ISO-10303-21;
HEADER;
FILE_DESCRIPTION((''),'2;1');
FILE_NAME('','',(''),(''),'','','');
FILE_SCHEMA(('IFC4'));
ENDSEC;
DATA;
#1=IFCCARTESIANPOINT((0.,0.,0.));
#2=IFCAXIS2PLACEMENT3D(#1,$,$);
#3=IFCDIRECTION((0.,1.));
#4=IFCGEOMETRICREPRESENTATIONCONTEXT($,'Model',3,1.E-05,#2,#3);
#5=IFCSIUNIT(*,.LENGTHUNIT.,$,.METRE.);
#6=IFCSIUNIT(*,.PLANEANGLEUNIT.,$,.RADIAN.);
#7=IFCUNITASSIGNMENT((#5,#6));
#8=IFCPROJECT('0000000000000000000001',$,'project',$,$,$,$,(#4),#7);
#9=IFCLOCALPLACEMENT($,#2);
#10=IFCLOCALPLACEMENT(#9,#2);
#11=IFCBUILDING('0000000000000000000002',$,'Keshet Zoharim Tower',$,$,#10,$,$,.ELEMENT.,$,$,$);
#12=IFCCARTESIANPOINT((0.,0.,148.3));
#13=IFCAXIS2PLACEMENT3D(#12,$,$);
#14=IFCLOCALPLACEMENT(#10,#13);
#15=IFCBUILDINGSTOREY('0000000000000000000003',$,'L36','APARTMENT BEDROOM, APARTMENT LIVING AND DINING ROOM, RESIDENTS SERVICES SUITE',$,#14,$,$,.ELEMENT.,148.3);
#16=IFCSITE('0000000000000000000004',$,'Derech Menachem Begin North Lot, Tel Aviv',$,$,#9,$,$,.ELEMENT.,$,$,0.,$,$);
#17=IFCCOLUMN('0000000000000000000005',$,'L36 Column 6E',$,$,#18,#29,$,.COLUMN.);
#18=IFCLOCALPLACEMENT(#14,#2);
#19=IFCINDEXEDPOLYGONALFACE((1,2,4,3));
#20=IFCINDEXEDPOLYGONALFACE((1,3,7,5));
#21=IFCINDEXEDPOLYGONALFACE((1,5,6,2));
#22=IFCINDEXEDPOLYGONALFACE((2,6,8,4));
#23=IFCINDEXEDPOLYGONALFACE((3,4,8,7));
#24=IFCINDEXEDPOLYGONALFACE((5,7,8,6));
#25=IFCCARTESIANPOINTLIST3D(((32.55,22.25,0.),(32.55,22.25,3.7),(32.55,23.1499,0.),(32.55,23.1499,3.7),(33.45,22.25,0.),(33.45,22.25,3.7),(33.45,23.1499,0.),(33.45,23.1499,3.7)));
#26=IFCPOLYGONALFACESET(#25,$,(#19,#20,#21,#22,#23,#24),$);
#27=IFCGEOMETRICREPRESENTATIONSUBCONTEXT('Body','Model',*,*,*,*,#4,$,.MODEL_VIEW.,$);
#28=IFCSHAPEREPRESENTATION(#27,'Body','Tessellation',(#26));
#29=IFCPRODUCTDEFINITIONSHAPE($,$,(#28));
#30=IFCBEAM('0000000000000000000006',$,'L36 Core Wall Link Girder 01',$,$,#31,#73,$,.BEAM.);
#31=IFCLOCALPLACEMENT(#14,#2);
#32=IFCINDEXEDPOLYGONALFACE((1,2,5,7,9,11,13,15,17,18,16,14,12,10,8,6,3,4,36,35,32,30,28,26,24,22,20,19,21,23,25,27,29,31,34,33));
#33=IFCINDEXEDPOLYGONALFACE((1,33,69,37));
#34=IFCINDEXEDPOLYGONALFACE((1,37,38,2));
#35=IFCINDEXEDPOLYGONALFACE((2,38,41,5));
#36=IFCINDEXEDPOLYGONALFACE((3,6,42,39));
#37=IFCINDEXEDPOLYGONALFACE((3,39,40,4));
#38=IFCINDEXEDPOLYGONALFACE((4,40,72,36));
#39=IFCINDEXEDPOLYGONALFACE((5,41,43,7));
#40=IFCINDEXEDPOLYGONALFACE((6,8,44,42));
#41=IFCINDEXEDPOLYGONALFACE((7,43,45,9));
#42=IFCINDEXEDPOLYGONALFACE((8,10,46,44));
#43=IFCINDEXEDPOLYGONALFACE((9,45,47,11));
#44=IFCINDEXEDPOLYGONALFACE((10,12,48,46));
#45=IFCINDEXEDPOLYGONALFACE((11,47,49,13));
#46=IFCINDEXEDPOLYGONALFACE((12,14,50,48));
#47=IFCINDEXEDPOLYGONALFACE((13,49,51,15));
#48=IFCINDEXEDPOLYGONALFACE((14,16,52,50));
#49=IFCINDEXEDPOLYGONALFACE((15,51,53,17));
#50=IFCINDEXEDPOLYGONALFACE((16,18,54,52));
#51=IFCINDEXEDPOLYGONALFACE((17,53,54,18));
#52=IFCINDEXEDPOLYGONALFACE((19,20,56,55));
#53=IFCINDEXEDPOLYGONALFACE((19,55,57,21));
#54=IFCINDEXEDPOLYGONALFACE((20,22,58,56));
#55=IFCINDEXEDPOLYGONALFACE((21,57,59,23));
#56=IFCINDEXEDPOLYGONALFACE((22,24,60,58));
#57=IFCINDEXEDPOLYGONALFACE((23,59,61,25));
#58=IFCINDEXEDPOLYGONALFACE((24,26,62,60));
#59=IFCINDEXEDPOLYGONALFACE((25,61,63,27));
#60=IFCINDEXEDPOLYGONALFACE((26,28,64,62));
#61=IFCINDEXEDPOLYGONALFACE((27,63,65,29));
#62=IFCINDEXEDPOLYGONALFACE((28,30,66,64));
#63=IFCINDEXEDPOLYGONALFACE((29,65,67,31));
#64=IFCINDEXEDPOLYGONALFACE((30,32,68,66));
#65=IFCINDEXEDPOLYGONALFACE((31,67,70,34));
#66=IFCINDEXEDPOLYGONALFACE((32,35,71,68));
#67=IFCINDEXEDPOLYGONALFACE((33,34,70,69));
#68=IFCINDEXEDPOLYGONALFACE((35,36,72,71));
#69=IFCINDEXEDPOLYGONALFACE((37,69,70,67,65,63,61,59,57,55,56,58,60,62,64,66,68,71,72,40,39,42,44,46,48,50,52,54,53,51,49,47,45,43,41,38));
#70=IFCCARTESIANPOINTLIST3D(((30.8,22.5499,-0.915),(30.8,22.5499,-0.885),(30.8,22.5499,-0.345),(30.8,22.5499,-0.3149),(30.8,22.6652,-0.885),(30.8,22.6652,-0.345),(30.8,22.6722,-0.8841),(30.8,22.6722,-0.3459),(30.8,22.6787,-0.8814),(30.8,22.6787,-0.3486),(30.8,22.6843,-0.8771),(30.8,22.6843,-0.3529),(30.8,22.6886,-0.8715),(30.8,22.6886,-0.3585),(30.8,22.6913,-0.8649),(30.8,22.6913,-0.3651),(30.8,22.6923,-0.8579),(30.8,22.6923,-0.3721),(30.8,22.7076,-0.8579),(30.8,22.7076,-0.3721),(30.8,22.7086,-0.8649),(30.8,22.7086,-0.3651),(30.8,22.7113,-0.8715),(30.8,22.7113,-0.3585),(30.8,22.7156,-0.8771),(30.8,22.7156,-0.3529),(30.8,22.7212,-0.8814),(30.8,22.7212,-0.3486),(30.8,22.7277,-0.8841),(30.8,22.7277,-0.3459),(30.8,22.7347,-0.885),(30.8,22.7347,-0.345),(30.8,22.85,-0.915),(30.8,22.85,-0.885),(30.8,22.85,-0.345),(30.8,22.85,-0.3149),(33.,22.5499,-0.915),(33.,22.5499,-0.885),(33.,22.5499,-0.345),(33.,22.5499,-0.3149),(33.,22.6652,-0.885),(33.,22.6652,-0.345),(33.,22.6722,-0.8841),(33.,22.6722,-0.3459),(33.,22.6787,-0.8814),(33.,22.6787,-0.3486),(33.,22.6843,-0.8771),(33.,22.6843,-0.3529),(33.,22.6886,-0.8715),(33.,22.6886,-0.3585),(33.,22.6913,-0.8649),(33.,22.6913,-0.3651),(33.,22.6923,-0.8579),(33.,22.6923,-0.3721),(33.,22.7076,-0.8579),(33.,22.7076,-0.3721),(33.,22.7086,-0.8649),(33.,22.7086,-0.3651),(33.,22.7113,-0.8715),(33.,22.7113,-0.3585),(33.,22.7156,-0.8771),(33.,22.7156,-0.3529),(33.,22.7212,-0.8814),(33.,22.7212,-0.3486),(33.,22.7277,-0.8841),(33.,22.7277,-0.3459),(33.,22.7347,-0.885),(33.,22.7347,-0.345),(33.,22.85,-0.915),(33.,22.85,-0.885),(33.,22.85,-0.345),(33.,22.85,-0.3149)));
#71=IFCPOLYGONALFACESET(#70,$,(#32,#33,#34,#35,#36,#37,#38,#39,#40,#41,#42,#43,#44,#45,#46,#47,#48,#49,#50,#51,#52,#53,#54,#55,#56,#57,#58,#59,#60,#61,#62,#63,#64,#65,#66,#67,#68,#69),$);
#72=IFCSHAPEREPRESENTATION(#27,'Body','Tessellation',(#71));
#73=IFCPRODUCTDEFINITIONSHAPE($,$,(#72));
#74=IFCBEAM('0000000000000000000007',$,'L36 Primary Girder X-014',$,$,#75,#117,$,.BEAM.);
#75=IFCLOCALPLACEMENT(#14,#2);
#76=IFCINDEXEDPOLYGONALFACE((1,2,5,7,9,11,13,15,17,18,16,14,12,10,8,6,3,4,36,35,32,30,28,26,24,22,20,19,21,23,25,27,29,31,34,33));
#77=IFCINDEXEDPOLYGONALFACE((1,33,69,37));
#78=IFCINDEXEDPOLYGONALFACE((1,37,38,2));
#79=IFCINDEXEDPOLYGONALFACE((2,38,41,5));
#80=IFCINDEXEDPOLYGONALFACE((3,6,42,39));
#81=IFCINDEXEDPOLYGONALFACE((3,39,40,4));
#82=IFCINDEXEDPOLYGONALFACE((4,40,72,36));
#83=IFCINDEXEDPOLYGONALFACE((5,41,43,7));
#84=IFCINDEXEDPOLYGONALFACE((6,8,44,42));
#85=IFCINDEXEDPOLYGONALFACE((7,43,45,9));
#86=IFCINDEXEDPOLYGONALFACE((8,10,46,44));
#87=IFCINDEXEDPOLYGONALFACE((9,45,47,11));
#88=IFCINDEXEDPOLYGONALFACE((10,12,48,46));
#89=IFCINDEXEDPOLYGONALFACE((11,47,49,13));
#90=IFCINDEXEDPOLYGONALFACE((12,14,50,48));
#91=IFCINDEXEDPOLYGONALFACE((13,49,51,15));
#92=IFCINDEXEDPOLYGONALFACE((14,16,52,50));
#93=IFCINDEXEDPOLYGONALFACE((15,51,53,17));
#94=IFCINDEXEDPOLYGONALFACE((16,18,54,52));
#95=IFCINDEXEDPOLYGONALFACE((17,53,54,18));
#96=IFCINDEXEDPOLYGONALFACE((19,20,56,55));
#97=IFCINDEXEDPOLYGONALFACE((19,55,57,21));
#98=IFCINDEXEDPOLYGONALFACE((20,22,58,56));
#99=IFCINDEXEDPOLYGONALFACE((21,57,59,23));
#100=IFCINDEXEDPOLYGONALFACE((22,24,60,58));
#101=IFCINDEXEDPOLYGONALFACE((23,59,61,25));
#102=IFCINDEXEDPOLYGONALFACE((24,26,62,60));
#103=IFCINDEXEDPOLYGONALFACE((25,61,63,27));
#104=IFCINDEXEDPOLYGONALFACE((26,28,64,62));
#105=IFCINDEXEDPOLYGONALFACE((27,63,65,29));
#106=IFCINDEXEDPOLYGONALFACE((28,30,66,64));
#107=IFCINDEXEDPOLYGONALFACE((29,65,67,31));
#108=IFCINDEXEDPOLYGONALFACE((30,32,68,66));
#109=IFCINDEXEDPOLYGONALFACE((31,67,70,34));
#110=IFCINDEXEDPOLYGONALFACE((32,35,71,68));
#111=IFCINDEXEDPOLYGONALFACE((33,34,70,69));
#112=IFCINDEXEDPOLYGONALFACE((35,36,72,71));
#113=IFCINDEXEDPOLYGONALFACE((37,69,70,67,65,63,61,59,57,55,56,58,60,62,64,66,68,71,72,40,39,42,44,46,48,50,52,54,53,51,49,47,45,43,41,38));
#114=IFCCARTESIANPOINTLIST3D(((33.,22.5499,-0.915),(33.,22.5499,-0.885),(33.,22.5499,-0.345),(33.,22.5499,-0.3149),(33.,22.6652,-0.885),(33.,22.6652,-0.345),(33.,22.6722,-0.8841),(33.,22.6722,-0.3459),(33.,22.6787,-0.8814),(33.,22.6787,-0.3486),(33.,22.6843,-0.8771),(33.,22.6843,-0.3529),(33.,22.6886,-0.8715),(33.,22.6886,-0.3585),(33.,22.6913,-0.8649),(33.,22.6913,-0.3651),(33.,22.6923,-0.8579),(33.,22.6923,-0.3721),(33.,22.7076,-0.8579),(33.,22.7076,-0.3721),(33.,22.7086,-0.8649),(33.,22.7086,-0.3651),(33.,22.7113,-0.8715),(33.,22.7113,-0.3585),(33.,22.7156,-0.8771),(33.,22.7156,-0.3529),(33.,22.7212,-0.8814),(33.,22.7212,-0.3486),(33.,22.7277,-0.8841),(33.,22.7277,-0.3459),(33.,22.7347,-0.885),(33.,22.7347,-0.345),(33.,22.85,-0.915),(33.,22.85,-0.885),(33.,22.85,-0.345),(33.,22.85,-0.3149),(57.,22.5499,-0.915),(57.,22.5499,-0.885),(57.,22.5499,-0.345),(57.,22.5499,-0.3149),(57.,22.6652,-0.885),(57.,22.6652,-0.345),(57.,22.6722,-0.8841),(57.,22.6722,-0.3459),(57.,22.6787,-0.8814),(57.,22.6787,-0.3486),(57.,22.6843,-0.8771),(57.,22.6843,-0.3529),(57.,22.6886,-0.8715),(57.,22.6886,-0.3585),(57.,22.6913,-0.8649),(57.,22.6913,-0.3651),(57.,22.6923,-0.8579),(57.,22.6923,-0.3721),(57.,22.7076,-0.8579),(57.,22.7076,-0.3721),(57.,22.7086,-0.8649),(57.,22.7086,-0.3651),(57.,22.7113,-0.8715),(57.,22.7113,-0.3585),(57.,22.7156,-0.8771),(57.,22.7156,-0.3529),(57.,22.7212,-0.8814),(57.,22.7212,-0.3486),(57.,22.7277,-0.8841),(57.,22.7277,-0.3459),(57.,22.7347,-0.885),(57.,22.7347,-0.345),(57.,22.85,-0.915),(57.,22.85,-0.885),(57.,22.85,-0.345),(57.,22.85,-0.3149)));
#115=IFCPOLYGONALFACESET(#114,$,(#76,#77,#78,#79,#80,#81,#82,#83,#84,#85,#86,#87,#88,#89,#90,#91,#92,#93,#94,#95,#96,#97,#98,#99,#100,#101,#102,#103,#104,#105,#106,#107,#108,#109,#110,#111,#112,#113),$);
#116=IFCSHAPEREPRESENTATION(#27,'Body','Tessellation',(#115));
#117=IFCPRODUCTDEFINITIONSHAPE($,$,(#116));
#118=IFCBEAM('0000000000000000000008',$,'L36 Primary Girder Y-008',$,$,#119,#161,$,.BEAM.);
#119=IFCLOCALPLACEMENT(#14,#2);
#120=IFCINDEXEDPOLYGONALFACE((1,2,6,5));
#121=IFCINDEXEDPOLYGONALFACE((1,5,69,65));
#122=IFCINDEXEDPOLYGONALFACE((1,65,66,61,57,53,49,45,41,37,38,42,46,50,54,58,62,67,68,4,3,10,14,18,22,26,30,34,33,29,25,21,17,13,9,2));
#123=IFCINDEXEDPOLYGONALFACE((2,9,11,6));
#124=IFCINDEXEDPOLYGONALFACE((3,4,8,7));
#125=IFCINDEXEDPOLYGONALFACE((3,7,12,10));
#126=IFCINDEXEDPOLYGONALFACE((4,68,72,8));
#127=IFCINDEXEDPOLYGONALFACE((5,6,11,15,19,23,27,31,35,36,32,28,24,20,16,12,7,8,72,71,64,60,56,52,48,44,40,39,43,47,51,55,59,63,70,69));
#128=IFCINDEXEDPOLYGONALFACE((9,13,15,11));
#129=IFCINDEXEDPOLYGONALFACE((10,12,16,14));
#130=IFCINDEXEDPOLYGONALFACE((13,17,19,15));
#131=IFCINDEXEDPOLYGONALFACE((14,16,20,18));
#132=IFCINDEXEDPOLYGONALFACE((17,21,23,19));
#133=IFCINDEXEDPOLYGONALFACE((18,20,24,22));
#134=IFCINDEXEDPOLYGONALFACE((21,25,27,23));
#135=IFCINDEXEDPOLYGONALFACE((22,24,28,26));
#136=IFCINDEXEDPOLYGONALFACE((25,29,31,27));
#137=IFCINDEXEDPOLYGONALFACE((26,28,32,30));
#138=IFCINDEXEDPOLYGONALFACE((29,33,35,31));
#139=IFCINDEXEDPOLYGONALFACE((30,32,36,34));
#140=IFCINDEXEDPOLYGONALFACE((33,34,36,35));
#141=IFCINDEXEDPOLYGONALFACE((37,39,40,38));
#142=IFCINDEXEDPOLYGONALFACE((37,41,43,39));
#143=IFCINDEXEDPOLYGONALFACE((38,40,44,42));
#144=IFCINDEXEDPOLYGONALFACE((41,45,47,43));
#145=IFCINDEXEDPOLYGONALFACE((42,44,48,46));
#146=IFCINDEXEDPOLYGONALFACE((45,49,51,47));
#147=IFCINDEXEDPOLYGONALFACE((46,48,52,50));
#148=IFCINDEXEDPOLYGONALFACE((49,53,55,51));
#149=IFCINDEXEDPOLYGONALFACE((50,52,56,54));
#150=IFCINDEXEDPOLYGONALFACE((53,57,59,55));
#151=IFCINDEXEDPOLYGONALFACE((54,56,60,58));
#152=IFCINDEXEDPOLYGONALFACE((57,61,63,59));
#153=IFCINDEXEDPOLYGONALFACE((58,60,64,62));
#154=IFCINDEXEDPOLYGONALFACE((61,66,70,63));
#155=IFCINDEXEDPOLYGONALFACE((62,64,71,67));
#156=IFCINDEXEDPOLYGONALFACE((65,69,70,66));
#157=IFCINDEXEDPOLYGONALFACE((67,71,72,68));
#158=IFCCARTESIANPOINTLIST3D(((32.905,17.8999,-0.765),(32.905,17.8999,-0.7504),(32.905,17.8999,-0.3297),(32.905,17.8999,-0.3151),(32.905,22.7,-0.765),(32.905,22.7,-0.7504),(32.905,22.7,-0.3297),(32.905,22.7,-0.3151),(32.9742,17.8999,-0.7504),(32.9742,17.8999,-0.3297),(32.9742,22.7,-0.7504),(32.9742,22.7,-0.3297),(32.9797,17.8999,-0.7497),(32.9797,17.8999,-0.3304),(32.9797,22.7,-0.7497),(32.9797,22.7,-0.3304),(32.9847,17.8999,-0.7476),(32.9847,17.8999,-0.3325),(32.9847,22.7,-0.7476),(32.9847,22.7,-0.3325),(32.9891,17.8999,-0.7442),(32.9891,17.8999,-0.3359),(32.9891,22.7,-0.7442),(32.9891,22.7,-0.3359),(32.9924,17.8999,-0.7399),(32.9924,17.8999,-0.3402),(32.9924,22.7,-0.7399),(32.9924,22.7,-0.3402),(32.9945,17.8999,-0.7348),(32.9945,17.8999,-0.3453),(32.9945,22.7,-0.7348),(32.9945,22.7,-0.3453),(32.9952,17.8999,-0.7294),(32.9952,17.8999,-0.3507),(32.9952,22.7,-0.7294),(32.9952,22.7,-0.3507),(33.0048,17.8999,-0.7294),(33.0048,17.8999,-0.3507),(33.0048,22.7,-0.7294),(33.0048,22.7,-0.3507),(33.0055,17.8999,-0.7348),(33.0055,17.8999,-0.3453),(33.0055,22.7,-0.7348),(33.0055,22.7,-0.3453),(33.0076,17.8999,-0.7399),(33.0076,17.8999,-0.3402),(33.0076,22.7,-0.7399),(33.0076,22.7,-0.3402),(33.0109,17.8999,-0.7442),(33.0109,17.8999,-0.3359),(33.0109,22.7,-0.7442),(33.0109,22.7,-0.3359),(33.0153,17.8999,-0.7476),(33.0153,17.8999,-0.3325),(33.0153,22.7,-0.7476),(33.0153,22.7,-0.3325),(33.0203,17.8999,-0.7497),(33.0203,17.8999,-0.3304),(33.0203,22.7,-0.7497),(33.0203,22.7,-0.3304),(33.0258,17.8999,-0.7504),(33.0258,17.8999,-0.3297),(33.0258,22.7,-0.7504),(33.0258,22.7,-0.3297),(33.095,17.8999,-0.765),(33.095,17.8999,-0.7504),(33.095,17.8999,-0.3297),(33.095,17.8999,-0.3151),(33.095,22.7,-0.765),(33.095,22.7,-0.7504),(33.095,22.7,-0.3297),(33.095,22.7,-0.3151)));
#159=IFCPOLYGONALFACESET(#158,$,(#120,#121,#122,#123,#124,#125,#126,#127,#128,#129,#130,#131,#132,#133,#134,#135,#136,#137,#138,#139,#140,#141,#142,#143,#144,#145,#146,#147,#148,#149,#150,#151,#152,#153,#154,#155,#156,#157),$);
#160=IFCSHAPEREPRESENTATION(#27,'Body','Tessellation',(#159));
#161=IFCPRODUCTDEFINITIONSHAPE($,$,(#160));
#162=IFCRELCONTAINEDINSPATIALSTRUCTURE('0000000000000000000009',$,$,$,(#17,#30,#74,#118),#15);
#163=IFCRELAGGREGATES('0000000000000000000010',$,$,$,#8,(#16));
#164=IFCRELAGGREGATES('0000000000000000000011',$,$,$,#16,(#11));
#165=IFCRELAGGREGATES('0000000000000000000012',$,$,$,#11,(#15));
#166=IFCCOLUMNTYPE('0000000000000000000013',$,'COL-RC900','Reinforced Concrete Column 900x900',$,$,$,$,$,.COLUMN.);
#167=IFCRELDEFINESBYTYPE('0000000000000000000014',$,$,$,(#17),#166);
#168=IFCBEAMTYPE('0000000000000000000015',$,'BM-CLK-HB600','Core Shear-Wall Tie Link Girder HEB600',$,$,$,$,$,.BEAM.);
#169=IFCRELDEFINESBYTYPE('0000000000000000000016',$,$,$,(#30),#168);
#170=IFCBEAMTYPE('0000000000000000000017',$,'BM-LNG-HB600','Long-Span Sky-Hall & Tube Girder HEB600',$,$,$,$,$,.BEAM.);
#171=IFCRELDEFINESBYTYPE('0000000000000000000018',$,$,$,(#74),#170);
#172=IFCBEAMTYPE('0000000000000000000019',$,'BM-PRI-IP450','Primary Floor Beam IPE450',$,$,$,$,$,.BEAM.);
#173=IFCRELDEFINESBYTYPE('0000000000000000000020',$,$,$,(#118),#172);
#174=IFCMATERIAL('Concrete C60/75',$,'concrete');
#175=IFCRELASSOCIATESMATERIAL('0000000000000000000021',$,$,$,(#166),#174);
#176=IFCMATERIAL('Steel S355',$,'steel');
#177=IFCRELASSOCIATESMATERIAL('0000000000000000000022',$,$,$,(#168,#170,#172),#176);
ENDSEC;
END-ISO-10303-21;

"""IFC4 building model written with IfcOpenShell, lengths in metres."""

from ifc_helpers import new_model, si_unit, direction, frame, origin, origin_2d, place, context, subcontext, project, spatial, rectangle, i_section, extrude, material, material_profile, profile_set, type_object, element, save


model = new_model("IFC4")

# Units and contexts
model_context = context("Model", 3, precision=1e-05, world=origin(), true_north=direction((0.0, 1.0)))
body_context = subcontext(model_context, "Body", "Model", "MODEL_VIEW")
ifc_project = project(units=[si_unit("LENGTHUNIT", "METRE"), si_unit("PLANEANGLEUNIT", "RADIAN")], contexts=[model_context])

# Site, building, storey
site_placement = place(None, origin())
site = spatial("IfcSite", under=ifc_project, at=site_placement, Name="Derech Menachem Begin North Lot, Tel Aviv", CompositionType="ELEMENT", RefElevation=0.0)
building_placement = place(site_placement, origin())
building = spatial("IfcBuilding", under=site, at=building_placement, Name="Keshet Zoharim Tower", CompositionType="ELEMENT")
storey_placement = place(building_placement, frame((0.0, 0.0, 148.3)))
storey = spatial("IfcBuildingStorey", under=building, at=storey_placement, Name="L36", Description="APARTMENT BEDROOM, APARTMENT LIVING AND DINING ROOM, RESIDENTS SERVICES SUITE", CompositionType="ELEMENT", Elevation=148.3)

# Column
ifc_material_1 = material(Name="Concrete C60/75", Category="concrete")
ifc_material_profile_1 = material_profile(ifc_material_1, rectangle(XDim=0.8999, YDim=0.8999, at=origin_2d()), Name="RC900x900")
ifc_profile_set_1 = profile_set([ifc_material_profile_1], Name="Concrete C60/75")
column_type = type_object("IfcColumnType", Name="COL-RC900", Description="Reinforced Concrete Column 900x900", PredefinedType="COLUMN", material=ifc_profile_set_1)
column_placement = place(storey_placement, frame((33.0, 22.7, 0.0), z_axis=(0.0, 0.0, 1.0), x_axis=(1.0, 0.0, 0.0)))
element("IfcColumn", 1, at=column_placement, inside=storey, type_object=column_type, Name="L36 Column 6E", PredefinedType="COLUMN", context=body_context, shape_type="SweptSolid", body=[
    extrude(rectangle(XDim=0.8999, YDim=0.8999, at=origin_2d()), origin(), (0.0, 0.0, 1.0), 3.7),
])

# Beams
ifc_material_2 = material(Name="Steel S355", Category="steel")
ifc_material_profile_2 = material_profile(ifc_material_2, i_section(OverallWidth=0.3, OverallDepth=0.6001, WebThickness=0.0154, FlangeThickness=0.03, FilletRadius=0.0271, at=origin_2d()), Name="HEB600")
ifc_profile_set_2 = profile_set([ifc_material_profile_2], Name="Steel S355")
beam_type_1 = type_object("IfcBeamType", Name="BM-CLK-HB600", Description="Core Shear-Wall Tie Link Girder HEB600", PredefinedType="BEAM", material=ifc_profile_set_2)
beam_1_placement = place(storey_placement, frame((30.8, 22.7, -0.615), z_axis=(1.0, 0.0, 0.0), x_axis=(0.0, 1.0, 0.0)))
element("IfcBeam", 2, at=beam_1_placement, inside=storey, type_object=beam_type_1, Name="L36 Core Wall Link Girder 01", PredefinedType="BEAM", context=body_context, shape_type="SweptSolid", body=[
    extrude(i_section(OverallWidth=0.3, OverallDepth=0.6001, WebThickness=0.0154, FlangeThickness=0.03, FilletRadius=0.0271, at=origin_2d()), origin(), (0.0, 0.0, 1.0), 2.2),
])
ifc_material_profile_3 = material_profile(ifc_material_2, i_section(OverallWidth=0.3, OverallDepth=0.6001, WebThickness=0.0154, FlangeThickness=0.03, FilletRadius=0.0271, at=origin_2d()), Name="HEB600")
ifc_profile_set_3 = profile_set([ifc_material_profile_3], Name="Steel S355")
beam_type_2 = type_object("IfcBeamType", Name="BM-LNG-HB600", Description="Long-Span Sky-Hall & Tube Girder HEB600", PredefinedType="BEAM", material=ifc_profile_set_3)
beam_2_placement = place(storey_placement, frame((33.0, 22.7, -0.615), z_axis=(1.0, 0.0, 0.0), x_axis=(0.0, 1.0, 0.0)))
element("IfcBeam", 3, at=beam_2_placement, inside=storey, type_object=beam_type_2, Name="L36 Primary Girder X-014", PredefinedType="BEAM", context=body_context, shape_type="SweptSolid", body=[
    extrude(i_section(OverallWidth=0.3, OverallDepth=0.6001, WebThickness=0.0154, FlangeThickness=0.03, FilletRadius=0.0271, at=origin_2d()), origin(), (0.0, 0.0, 1.0), 24.0),
])
ifc_material_profile_4 = material_profile(ifc_material_2, i_section(OverallWidth=0.1899, OverallDepth=0.45, WebThickness=0.0095, FlangeThickness=0.0146, FilletRadius=0.021, at=origin_2d()), Name="IPE450")
ifc_profile_set_4 = profile_set([ifc_material_profile_4], Name="Steel S355")
beam_type_3 = type_object("IfcBeamType", Name="BM-PRI-IP450", Description="Primary Floor Beam IPE450", PredefinedType="BEAM", material=ifc_profile_set_4)
beam_3_placement = place(storey_placement, frame((33.0, 17.8999, -0.54), z_axis=(0.0, 1.0, 0.0), x_axis=(-1.0, 0.0, 0.0)))
element("IfcBeam", 4, at=beam_3_placement, inside=storey, type_object=beam_type_3, Name="L36 Primary Girder Y-008", PredefinedType="BEAM", context=body_context, shape_type="SweptSolid", body=[
    extrude(i_section(OverallWidth=0.1899, OverallDepth=0.45, WebThickness=0.0095, FlangeThickness=0.0146, FilletRadius=0.021, at=origin_2d()), origin(), (0.0, 0.0, 1.0), 4.8),
])

save(model, "model.ifc")
